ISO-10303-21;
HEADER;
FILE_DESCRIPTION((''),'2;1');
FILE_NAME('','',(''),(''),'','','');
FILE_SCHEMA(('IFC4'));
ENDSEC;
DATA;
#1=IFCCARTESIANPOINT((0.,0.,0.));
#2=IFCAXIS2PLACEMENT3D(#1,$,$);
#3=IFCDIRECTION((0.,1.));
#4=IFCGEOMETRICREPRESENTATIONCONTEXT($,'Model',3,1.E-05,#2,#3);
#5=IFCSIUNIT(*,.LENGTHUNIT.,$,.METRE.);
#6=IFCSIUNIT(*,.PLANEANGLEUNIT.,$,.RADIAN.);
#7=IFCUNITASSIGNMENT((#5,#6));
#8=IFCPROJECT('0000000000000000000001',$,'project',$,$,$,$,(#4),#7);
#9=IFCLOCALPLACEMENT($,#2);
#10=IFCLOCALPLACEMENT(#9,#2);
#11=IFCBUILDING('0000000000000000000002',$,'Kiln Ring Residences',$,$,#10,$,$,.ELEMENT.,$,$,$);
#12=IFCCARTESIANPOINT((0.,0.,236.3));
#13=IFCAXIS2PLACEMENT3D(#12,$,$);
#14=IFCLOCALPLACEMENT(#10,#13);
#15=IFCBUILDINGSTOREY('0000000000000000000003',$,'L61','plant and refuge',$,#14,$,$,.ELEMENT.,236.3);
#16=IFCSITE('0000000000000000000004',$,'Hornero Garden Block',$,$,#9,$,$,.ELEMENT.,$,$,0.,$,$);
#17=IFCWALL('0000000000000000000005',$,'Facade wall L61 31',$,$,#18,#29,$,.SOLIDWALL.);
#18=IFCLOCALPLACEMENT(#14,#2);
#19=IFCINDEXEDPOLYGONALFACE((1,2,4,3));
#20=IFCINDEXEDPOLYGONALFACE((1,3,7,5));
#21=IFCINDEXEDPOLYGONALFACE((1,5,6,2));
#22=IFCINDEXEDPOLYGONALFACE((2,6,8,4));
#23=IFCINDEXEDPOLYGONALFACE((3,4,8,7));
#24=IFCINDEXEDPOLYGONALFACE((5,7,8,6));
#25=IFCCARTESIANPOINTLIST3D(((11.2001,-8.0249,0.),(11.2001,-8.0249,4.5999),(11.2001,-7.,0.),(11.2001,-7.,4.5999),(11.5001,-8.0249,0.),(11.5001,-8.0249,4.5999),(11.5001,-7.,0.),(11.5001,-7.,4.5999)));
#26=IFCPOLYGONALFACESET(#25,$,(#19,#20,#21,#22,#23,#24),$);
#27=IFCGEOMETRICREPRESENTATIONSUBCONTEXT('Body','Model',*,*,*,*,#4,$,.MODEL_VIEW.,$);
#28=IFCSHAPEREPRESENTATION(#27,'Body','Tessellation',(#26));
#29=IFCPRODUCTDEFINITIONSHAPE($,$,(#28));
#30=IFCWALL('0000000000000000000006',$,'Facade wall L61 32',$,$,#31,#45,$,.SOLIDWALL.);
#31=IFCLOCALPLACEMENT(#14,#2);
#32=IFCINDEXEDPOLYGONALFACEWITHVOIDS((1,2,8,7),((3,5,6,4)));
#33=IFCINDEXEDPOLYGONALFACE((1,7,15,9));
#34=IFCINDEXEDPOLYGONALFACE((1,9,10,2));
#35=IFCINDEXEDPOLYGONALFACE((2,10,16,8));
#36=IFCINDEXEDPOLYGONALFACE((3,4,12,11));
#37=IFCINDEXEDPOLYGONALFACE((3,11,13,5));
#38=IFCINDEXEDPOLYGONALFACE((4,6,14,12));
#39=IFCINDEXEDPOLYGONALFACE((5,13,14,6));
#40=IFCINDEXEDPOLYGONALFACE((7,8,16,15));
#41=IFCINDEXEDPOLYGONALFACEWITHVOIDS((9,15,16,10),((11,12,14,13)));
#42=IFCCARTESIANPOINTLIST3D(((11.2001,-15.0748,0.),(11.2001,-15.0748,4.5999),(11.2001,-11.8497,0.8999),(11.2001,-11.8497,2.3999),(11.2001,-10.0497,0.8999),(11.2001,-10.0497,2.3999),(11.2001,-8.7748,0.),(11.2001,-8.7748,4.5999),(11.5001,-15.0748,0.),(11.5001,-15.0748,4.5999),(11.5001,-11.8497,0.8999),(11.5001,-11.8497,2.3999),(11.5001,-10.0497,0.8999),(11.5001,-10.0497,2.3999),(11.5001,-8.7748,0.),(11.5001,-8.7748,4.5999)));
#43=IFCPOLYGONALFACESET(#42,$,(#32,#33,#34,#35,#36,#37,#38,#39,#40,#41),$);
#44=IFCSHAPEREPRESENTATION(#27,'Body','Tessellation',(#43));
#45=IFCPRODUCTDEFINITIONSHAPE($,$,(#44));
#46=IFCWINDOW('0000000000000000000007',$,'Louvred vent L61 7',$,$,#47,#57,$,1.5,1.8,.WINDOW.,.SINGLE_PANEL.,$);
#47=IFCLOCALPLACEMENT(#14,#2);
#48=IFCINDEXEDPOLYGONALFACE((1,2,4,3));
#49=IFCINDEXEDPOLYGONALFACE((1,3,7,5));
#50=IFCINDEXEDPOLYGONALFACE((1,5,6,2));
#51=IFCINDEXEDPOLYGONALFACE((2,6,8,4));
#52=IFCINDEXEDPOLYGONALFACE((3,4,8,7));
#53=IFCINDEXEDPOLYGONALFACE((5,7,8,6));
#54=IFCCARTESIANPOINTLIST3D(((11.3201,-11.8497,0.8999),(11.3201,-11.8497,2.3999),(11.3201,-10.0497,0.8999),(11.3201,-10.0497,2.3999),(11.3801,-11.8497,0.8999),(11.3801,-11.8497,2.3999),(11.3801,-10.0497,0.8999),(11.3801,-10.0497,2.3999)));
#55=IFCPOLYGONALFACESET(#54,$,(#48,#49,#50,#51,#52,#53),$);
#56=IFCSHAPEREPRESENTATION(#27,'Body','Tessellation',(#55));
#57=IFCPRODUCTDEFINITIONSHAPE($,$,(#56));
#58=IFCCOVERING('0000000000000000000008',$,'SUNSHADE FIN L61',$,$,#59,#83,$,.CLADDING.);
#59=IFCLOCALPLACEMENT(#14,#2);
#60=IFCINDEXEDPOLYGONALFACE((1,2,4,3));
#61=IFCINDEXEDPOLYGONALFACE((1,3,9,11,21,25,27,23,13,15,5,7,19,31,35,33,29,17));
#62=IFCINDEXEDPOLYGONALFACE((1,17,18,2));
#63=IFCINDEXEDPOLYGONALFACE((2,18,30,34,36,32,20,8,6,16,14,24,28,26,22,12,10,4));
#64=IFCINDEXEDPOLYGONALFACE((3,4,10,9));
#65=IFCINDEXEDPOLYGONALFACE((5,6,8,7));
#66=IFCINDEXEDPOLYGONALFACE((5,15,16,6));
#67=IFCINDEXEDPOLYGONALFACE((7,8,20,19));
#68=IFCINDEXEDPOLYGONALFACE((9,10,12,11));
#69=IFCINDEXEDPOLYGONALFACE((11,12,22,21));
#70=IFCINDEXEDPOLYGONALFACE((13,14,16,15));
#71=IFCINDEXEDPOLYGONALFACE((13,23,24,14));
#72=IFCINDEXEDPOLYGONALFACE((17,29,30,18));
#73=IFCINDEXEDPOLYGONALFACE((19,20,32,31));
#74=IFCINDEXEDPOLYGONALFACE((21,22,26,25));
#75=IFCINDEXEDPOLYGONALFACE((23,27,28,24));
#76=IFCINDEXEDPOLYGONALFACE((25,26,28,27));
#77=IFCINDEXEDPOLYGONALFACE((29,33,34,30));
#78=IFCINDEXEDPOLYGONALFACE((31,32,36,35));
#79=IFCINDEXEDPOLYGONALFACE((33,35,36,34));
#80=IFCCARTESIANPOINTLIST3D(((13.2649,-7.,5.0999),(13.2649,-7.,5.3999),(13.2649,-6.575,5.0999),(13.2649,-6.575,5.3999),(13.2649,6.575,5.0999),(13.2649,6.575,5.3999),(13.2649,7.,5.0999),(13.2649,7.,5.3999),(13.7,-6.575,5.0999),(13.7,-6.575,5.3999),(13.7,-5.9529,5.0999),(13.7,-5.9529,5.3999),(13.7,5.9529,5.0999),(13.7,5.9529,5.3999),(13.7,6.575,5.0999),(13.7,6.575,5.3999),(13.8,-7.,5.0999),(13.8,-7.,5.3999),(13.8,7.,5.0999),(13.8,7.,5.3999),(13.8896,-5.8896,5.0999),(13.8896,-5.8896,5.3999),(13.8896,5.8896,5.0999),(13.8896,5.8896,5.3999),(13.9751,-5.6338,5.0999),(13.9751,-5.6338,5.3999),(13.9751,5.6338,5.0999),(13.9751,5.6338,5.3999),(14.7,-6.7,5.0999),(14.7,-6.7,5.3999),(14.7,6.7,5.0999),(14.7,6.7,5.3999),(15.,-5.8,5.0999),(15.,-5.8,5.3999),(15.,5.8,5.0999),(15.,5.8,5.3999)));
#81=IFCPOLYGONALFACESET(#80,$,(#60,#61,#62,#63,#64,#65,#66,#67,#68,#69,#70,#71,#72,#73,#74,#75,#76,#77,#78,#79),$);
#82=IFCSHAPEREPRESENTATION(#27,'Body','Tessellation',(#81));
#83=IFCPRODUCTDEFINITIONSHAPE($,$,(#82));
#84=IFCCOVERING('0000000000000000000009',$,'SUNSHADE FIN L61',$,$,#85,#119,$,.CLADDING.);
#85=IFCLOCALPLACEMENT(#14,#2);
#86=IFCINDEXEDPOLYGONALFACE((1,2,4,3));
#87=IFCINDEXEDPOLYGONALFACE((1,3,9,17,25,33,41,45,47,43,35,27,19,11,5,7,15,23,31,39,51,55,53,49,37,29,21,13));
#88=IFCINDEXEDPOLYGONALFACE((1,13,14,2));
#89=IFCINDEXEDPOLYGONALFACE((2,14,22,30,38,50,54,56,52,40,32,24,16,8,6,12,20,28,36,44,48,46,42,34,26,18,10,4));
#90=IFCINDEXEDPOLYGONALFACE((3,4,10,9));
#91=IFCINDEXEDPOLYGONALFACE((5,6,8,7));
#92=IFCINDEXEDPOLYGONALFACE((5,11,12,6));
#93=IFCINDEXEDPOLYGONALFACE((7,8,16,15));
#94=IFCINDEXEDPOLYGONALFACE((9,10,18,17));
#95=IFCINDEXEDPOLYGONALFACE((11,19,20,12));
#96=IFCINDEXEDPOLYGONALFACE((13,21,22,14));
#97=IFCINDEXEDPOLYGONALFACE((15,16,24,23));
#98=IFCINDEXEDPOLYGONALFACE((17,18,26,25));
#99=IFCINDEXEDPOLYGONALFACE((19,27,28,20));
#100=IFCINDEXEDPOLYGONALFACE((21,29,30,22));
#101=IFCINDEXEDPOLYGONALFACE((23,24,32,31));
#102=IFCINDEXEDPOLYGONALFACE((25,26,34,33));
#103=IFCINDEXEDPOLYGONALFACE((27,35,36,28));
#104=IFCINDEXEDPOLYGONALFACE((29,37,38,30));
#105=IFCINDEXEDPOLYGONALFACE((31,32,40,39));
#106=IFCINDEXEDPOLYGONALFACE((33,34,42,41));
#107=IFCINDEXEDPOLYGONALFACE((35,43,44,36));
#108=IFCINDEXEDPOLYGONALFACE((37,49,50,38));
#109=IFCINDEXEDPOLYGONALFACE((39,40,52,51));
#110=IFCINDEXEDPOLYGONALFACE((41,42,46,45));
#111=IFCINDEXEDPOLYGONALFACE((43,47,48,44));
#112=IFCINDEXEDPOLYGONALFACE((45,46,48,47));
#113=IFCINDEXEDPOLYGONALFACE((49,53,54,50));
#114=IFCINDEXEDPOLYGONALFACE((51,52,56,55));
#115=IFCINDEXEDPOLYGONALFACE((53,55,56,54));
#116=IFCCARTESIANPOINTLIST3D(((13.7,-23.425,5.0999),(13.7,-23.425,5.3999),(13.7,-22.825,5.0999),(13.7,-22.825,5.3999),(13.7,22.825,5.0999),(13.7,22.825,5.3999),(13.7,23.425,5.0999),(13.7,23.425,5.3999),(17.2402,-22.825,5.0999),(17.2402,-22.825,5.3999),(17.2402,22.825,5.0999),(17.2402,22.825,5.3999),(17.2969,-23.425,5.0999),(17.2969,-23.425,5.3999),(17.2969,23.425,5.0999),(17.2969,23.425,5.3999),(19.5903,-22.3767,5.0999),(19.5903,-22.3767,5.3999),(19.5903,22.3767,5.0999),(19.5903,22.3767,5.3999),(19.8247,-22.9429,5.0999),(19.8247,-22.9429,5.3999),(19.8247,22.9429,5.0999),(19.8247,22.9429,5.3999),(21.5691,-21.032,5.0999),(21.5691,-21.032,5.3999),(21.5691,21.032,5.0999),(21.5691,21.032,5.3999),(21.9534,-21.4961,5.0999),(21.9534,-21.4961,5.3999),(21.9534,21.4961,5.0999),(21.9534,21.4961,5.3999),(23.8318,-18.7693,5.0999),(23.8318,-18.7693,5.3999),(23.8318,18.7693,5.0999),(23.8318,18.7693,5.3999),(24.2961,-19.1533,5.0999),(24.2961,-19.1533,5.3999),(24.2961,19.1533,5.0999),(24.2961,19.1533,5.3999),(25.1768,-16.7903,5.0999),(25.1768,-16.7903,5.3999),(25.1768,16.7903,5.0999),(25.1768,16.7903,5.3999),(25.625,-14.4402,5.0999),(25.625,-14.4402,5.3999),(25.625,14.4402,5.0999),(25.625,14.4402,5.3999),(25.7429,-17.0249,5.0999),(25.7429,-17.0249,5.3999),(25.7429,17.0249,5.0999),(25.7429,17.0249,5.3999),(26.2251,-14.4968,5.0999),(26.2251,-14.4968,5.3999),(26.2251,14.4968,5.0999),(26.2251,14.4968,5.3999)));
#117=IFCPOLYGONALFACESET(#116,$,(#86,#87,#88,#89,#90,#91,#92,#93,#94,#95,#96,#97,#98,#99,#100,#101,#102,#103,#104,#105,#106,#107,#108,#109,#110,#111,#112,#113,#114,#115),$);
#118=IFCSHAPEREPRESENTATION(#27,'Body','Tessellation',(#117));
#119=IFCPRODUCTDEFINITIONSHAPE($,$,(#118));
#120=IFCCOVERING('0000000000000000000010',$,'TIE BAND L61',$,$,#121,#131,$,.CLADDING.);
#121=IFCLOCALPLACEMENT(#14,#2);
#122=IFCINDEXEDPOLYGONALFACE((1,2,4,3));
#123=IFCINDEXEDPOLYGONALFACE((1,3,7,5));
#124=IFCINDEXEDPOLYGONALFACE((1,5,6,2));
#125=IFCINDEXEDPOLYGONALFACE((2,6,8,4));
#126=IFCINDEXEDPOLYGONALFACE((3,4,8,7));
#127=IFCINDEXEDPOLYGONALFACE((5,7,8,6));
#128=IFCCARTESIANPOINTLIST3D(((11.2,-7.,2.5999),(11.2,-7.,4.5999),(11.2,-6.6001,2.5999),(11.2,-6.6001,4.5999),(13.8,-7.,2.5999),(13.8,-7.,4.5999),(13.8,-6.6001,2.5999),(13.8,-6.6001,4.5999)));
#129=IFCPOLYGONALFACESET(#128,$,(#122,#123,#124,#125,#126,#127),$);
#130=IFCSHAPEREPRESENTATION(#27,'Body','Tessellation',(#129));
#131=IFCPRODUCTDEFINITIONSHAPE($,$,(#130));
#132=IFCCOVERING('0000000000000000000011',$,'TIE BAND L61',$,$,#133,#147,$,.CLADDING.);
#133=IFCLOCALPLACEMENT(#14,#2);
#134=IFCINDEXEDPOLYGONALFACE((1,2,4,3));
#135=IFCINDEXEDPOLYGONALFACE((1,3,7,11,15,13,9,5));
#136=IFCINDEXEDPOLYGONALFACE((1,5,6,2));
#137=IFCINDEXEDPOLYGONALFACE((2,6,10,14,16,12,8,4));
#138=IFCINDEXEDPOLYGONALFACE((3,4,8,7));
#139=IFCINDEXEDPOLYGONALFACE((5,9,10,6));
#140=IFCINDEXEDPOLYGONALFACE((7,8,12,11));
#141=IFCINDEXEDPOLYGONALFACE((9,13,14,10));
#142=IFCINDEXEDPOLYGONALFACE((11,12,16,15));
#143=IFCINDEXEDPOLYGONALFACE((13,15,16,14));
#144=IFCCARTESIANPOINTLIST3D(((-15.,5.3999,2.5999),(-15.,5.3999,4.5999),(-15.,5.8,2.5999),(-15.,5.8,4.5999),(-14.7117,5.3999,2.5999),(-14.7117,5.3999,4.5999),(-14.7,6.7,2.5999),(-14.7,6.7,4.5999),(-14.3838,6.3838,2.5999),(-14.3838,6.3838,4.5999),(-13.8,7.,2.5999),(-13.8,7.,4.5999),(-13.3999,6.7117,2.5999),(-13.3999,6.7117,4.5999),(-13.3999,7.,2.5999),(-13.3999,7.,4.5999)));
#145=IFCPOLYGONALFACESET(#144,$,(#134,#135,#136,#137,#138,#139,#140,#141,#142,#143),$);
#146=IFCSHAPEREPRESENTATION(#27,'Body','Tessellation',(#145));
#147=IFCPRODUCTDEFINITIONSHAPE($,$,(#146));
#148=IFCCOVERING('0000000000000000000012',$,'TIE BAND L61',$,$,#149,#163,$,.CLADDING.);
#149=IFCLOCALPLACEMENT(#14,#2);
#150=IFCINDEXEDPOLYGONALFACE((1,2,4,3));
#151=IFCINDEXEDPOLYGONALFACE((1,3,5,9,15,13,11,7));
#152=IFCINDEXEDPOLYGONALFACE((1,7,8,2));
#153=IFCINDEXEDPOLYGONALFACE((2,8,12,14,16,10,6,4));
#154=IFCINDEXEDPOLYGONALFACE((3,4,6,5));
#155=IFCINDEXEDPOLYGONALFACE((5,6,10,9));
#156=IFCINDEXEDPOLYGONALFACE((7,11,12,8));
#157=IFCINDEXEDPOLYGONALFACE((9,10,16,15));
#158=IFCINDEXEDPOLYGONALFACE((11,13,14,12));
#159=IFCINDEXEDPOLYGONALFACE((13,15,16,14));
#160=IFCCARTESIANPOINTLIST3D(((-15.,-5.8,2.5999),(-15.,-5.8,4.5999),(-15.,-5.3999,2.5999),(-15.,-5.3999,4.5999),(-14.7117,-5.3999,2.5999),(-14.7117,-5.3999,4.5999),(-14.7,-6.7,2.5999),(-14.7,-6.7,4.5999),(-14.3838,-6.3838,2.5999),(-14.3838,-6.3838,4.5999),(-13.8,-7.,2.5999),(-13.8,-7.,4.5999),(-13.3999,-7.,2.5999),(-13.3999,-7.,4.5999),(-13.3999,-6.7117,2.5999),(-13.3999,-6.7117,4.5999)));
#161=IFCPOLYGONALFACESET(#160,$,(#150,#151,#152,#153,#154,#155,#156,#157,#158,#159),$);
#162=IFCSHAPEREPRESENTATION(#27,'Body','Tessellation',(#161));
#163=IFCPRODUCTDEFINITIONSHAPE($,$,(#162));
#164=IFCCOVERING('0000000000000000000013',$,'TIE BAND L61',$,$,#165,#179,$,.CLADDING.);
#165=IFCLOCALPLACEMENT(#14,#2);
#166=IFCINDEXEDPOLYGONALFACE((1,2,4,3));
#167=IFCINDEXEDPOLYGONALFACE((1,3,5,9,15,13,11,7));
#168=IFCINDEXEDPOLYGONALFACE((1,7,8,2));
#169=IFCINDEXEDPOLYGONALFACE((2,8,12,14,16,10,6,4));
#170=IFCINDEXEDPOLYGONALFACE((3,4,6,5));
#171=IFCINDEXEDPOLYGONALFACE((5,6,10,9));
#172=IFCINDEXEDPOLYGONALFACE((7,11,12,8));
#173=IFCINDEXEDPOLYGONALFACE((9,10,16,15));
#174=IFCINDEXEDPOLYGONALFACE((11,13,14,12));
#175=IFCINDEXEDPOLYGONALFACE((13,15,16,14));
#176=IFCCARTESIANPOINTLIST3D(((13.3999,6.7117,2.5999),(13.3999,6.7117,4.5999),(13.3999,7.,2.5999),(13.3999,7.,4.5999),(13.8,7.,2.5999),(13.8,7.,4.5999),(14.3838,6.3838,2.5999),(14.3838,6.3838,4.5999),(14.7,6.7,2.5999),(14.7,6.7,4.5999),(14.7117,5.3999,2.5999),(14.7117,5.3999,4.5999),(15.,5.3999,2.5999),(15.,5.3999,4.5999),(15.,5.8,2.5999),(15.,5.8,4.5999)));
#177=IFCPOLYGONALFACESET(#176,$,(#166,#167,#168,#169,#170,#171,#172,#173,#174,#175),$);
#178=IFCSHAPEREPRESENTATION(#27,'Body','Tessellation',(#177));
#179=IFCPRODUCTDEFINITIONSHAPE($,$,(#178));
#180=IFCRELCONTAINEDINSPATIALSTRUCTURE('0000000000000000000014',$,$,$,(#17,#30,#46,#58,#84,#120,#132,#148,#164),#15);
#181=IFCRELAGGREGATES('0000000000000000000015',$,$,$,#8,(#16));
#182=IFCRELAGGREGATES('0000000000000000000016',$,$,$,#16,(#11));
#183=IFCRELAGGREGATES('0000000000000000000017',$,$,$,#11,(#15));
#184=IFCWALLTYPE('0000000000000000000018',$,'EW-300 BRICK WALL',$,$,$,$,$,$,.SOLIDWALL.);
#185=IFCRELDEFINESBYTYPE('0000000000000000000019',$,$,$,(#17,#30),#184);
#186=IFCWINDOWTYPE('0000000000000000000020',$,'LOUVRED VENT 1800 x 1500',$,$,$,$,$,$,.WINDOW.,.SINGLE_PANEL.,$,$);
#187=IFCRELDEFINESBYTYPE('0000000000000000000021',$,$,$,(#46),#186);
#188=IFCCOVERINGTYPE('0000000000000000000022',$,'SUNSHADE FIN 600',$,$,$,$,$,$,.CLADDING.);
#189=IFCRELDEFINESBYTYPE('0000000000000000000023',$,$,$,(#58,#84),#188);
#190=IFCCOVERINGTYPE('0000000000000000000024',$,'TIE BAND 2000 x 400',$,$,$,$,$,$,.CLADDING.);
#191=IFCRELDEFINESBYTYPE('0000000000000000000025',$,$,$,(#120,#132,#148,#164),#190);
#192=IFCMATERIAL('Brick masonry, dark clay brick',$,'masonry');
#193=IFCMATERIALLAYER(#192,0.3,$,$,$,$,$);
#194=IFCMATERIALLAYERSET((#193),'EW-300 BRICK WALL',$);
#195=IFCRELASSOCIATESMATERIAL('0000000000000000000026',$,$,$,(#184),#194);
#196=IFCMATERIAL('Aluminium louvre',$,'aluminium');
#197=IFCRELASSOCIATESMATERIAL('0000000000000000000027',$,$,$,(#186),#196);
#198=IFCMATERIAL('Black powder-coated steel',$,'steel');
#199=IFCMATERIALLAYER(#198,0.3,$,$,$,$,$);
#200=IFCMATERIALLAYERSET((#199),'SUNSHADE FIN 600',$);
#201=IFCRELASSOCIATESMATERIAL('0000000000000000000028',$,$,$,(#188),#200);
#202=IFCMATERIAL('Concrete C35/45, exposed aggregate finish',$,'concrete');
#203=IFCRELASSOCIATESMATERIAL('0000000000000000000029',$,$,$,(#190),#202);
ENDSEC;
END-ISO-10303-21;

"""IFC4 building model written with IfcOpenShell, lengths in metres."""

from ifc_helpers import new_model, si_unit, direction, frame, frame_2d, origin, origin_2d, place, context, subcontext, project, spatial, polyline, rectangle, outline, extrude, material, layer, layer_set, type_object, element, fill, save


model = new_model("IFC4")

# Units and contexts
model_context = context("Model", 3, precision=1e-05, world=origin(), true_north=direction((0.0, 1.0)))
body_context = subcontext(model_context, "Body", "Model", "MODEL_VIEW")
ifc_project = project(units=[si_unit("LENGTHUNIT", "METRE"), si_unit("PLANEANGLEUNIT", "RADIAN")], contexts=[model_context])

# Site, building, storey
site_placement = place(None, origin())
site = spatial("IfcSite", under=ifc_project, at=site_placement, Name="Hornero Garden Block", CompositionType="ELEMENT", RefElevation=0.0)
building_placement = place(site_placement, origin())
building = spatial("IfcBuilding", under=site, at=building_placement, Name="Kiln Ring Residences", CompositionType="ELEMENT")
storey_placement = place(building_placement, frame((0.0, 0.0, 236.3)))
storey = spatial("IfcBuildingStorey", under=building, at=storey_placement, Name="L61", Description="plant and refuge", CompositionType="ELEMENT", Elevation=236.3)

# Shared definitions
ifc_material_1 = material(Name="Brick masonry, dark clay brick", Category="masonry")
ifc_layer_1 = layer(ifc_material_1, 0.3)
ifc_layer_set_1 = layer_set([ifc_layer_1], Name="EW-300 BRICK WALL")
wall_type_1 = type_object("IfcWallType", Name="EW-300 BRICK WALL", PredefinedType="SOLIDWALL", material=ifc_layer_set_1)
ifc_material_2 = material(Name="Aluminium louvre", Category="aluminium")
window_type = type_object("IfcWindowType", Name="LOUVRED VENT 1800 x 1500", PartitioningType="SINGLE_PANEL", PredefinedType="WINDOW", material=ifc_material_2)

# Wall
wall_1_placement = place(storey_placement, frame((11.3501, -7.0, 0.0), z_axis=(0.0, 0.0, 1.0), x_axis=(0.0, -1.0, 0.0)))
element("IfcWall", 1, at=wall_1_placement, inside=storey, type_object=wall_type_1, Name="Facade wall L61 31", PredefinedType="SOLIDWALL", context=body_context, shape_type="SweptSolid", body=[
    extrude(rectangle(XDim=1.0249, YDim=0.3, at=frame_2d((0.5125, 0.0))), origin(), (0.0, 0.0, 1.0), 4.5999),
])

# Wall, opening, window
wall_2_placement = place(storey_placement, frame((11.3501, -8.7749, 0.0), z_axis=(0.0, 0.0, 1.0), x_axis=(0.0, -1.0, 0.0)))
wall_2 = element("IfcWall", 2, at=wall_2_placement, inside=storey, type_object=wall_type_1, Name="Facade wall L61 32", PredefinedType="SOLIDWALL", context=body_context, shape_type="SweptSolid", body=[
    extrude(rectangle(XDim=6.3, YDim=0.3, at=frame_2d((3.1499, 0.0))), origin(), (0.0, 0.0, 1.0), 4.5999),
])
opening_1_placement = place(wall_2_placement, frame((1.2749, 0.0, 0.8999)))
opening_1 = element("IfcOpeningElement", 3, at=opening_1_placement, cuts=wall_2, PredefinedType="OPENING", context=body_context, shape_type="SweptSolid", body=[
    extrude(rectangle(XDim=1.8, YDim=1.5, at=frame_2d((0.8999, 0.75))), frame((0.0, 0.1599, 0.0), z_axis=(0.0, -1.0, 0.0), x_axis=(1.0, 0.0, 0.0)), (0.0, 0.0, 1.0), 0.3201),
])
window_1_placement = place(opening_1_placement, origin())
window_1 = element("IfcWindow", 4, at=window_1_placement, inside=storey, type_object=window_type, Name="Louvred vent L61 7", OverallHeight=1.5, OverallWidth=1.8, PartitioningType="SINGLE_PANEL", PredefinedType="WINDOW", context=body_context, shape_type="SweptSolid", body=[
    extrude(rectangle(XDim=1.8, YDim=1.5, at=frame_2d((0.8999, 0.75))), frame((0.0, 0.03, 0.0), z_axis=(0.0, -1.0, 0.0), x_axis=(1.0, 0.0, 0.0)), (0.0, 0.0, 1.0), 0.0601),
])
fill(opening_1, window_1)

# Coverings
ifc_material_3 = material(Name="Black powder-coated steel", Category="steel")
ifc_layer_2 = layer(ifc_material_3, 0.3)
ifc_layer_set_2 = layer_set([ifc_layer_2], Name="SUNSHADE FIN 600")
covering_type_1 = type_object("IfcCoveringType", Name="SUNSHADE FIN 600", PredefinedType="CLADDING", material=ifc_layer_set_2)
placement_1 = place(storey_placement, frame((0.0, 0.0, 5.0999)))
element("IfcCovering", 5, at=placement_1, inside=storey, type_object=covering_type_1, Name="SUNSHADE FIN L61", PredefinedType="CLADDING", context=body_context, shape_type="SweptSolid", body=[
    extrude(outline(polyline([(13.2649, 6.575), (13.7, 6.575), (13.7, 5.9529), (13.8896, 5.8896), (13.9751, 5.6338), (13.9751, -5.6338), (13.8896, -5.8896), (13.7, -5.9529), (13.7, -6.575), (13.2649, -6.575), (13.2649, -7.0), (13.8, -7.0), (14.7, -6.7), (15.0, -5.8), (15.0, 5.8), (14.7, 6.7), (13.8, 7.0), (13.2649, 7.0), (13.2649, 6.575)])), origin(), (0.0, 0.0, 1.0), 0.3),
])
element("IfcCovering", 6, at=placement_1, inside=storey, type_object=covering_type_1, Name="SUNSHADE FIN L61", PredefinedType="CLADDING", context=body_context, shape_type="SweptSolid", body=[
    extrude(outline(polyline([(17.2969, 23.425), (13.7, 23.425), (13.7, 22.825), (17.2402, 22.825), (19.5903, 22.3767), (21.5691, 21.032), (23.8318, 18.7693), (25.1768, 16.7903), (25.625, 14.4402), (25.625, -14.4402), (25.1768, -16.7903), (23.8318, -18.7693), (21.5691, -21.032), (19.5903, -22.3767), (17.2402, -22.825), (13.7, -22.825), (13.7, -23.425), (17.2969, -23.425), (19.8247, -22.9429), (21.9534, -21.4961), (24.2961, -19.1533), (25.7429, -17.0249), (26.2251, -14.4968), (26.2251, 14.4968), (25.7429, 17.0249), (24.2961, 19.1533), (21.9534, 21.4961), (19.8247, 22.9429), (17.2969, 23.425)])), origin(), (0.0, 0.0, 1.0), 0.3),
])
ifc_material_4 = material(Name="Concrete C35/45, exposed aggregate finish", Category="concrete")
covering_type_2 = type_object("IfcCoveringType", Name="TIE BAND 2000 x 400", PredefinedType="CLADDING", material=ifc_material_4)
covering_1_placement = place(storey_placement, frame((12.5, -6.8, 2.5999), z_axis=(0.0, 0.0, 1.0), x_axis=(-1.0, 0.0, 0.0)))
element("IfcCovering", 7, at=covering_1_placement, inside=storey, type_object=covering_type_2, Name="TIE BAND L61", PredefinedType="CLADDING", context=body_context, shape_type="SweptSolid", body=[
    extrude(rectangle(XDim=2.6001, YDim=0.3999, at=origin_2d()), origin(), (0.0, 0.0, 1.0), 2.0),
])
placement_2 = place(storey_placement, frame((0.0, 0.0, 2.5999)))
element("IfcCovering", 8, at=placement_2, inside=storey, type_object=covering_type_2, Name="TIE BAND L61", PredefinedType="CLADDING", context=body_context, shape_type="SweptSolid", body=[
    extrude(outline(polyline([(-15.0, 5.8), (-15.0, 5.3999), (-14.7117, 5.3999), (-14.3838, 6.3838), (-13.3999, 6.7117), (-13.3999, 7.0), (-13.8, 7.0), (-14.7, 6.7), (-15.0, 5.8)])), origin(), (0.0, 0.0, 1.0), 2.0),
])
element("IfcCovering", 9, at=placement_2, inside=storey, type_object=covering_type_2, Name="TIE BAND L61", PredefinedType="CLADDING", context=body_context, shape_type="SweptSolid", body=[
    extrude(outline(polyline([(-13.8, -7.0), (-13.3999, -7.0), (-13.3999, -6.7117), (-14.3838, -6.3838), (-14.7117, -5.3999), (-15.0, -5.3999), (-15.0, -5.8), (-14.7, -6.7), (-13.8, -7.0)])), origin(), (0.0, 0.0, 1.0), 2.0),
])
element("IfcCovering", 10, at=placement_2, inside=storey, type_object=covering_type_2, Name="TIE BAND L61", PredefinedType="CLADDING", context=body_context, shape_type="SweptSolid", body=[
    extrude(outline(polyline([(13.8, 7.0), (13.3999, 7.0), (13.3999, 6.7117), (14.3838, 6.3838), (14.7117, 5.3999), (15.0, 5.3999), (15.0, 5.8), (14.7, 6.7), (13.8, 7.0)])), origin(), (0.0, 0.0, 1.0), 2.0),
])

save(model, "model.ifc")
